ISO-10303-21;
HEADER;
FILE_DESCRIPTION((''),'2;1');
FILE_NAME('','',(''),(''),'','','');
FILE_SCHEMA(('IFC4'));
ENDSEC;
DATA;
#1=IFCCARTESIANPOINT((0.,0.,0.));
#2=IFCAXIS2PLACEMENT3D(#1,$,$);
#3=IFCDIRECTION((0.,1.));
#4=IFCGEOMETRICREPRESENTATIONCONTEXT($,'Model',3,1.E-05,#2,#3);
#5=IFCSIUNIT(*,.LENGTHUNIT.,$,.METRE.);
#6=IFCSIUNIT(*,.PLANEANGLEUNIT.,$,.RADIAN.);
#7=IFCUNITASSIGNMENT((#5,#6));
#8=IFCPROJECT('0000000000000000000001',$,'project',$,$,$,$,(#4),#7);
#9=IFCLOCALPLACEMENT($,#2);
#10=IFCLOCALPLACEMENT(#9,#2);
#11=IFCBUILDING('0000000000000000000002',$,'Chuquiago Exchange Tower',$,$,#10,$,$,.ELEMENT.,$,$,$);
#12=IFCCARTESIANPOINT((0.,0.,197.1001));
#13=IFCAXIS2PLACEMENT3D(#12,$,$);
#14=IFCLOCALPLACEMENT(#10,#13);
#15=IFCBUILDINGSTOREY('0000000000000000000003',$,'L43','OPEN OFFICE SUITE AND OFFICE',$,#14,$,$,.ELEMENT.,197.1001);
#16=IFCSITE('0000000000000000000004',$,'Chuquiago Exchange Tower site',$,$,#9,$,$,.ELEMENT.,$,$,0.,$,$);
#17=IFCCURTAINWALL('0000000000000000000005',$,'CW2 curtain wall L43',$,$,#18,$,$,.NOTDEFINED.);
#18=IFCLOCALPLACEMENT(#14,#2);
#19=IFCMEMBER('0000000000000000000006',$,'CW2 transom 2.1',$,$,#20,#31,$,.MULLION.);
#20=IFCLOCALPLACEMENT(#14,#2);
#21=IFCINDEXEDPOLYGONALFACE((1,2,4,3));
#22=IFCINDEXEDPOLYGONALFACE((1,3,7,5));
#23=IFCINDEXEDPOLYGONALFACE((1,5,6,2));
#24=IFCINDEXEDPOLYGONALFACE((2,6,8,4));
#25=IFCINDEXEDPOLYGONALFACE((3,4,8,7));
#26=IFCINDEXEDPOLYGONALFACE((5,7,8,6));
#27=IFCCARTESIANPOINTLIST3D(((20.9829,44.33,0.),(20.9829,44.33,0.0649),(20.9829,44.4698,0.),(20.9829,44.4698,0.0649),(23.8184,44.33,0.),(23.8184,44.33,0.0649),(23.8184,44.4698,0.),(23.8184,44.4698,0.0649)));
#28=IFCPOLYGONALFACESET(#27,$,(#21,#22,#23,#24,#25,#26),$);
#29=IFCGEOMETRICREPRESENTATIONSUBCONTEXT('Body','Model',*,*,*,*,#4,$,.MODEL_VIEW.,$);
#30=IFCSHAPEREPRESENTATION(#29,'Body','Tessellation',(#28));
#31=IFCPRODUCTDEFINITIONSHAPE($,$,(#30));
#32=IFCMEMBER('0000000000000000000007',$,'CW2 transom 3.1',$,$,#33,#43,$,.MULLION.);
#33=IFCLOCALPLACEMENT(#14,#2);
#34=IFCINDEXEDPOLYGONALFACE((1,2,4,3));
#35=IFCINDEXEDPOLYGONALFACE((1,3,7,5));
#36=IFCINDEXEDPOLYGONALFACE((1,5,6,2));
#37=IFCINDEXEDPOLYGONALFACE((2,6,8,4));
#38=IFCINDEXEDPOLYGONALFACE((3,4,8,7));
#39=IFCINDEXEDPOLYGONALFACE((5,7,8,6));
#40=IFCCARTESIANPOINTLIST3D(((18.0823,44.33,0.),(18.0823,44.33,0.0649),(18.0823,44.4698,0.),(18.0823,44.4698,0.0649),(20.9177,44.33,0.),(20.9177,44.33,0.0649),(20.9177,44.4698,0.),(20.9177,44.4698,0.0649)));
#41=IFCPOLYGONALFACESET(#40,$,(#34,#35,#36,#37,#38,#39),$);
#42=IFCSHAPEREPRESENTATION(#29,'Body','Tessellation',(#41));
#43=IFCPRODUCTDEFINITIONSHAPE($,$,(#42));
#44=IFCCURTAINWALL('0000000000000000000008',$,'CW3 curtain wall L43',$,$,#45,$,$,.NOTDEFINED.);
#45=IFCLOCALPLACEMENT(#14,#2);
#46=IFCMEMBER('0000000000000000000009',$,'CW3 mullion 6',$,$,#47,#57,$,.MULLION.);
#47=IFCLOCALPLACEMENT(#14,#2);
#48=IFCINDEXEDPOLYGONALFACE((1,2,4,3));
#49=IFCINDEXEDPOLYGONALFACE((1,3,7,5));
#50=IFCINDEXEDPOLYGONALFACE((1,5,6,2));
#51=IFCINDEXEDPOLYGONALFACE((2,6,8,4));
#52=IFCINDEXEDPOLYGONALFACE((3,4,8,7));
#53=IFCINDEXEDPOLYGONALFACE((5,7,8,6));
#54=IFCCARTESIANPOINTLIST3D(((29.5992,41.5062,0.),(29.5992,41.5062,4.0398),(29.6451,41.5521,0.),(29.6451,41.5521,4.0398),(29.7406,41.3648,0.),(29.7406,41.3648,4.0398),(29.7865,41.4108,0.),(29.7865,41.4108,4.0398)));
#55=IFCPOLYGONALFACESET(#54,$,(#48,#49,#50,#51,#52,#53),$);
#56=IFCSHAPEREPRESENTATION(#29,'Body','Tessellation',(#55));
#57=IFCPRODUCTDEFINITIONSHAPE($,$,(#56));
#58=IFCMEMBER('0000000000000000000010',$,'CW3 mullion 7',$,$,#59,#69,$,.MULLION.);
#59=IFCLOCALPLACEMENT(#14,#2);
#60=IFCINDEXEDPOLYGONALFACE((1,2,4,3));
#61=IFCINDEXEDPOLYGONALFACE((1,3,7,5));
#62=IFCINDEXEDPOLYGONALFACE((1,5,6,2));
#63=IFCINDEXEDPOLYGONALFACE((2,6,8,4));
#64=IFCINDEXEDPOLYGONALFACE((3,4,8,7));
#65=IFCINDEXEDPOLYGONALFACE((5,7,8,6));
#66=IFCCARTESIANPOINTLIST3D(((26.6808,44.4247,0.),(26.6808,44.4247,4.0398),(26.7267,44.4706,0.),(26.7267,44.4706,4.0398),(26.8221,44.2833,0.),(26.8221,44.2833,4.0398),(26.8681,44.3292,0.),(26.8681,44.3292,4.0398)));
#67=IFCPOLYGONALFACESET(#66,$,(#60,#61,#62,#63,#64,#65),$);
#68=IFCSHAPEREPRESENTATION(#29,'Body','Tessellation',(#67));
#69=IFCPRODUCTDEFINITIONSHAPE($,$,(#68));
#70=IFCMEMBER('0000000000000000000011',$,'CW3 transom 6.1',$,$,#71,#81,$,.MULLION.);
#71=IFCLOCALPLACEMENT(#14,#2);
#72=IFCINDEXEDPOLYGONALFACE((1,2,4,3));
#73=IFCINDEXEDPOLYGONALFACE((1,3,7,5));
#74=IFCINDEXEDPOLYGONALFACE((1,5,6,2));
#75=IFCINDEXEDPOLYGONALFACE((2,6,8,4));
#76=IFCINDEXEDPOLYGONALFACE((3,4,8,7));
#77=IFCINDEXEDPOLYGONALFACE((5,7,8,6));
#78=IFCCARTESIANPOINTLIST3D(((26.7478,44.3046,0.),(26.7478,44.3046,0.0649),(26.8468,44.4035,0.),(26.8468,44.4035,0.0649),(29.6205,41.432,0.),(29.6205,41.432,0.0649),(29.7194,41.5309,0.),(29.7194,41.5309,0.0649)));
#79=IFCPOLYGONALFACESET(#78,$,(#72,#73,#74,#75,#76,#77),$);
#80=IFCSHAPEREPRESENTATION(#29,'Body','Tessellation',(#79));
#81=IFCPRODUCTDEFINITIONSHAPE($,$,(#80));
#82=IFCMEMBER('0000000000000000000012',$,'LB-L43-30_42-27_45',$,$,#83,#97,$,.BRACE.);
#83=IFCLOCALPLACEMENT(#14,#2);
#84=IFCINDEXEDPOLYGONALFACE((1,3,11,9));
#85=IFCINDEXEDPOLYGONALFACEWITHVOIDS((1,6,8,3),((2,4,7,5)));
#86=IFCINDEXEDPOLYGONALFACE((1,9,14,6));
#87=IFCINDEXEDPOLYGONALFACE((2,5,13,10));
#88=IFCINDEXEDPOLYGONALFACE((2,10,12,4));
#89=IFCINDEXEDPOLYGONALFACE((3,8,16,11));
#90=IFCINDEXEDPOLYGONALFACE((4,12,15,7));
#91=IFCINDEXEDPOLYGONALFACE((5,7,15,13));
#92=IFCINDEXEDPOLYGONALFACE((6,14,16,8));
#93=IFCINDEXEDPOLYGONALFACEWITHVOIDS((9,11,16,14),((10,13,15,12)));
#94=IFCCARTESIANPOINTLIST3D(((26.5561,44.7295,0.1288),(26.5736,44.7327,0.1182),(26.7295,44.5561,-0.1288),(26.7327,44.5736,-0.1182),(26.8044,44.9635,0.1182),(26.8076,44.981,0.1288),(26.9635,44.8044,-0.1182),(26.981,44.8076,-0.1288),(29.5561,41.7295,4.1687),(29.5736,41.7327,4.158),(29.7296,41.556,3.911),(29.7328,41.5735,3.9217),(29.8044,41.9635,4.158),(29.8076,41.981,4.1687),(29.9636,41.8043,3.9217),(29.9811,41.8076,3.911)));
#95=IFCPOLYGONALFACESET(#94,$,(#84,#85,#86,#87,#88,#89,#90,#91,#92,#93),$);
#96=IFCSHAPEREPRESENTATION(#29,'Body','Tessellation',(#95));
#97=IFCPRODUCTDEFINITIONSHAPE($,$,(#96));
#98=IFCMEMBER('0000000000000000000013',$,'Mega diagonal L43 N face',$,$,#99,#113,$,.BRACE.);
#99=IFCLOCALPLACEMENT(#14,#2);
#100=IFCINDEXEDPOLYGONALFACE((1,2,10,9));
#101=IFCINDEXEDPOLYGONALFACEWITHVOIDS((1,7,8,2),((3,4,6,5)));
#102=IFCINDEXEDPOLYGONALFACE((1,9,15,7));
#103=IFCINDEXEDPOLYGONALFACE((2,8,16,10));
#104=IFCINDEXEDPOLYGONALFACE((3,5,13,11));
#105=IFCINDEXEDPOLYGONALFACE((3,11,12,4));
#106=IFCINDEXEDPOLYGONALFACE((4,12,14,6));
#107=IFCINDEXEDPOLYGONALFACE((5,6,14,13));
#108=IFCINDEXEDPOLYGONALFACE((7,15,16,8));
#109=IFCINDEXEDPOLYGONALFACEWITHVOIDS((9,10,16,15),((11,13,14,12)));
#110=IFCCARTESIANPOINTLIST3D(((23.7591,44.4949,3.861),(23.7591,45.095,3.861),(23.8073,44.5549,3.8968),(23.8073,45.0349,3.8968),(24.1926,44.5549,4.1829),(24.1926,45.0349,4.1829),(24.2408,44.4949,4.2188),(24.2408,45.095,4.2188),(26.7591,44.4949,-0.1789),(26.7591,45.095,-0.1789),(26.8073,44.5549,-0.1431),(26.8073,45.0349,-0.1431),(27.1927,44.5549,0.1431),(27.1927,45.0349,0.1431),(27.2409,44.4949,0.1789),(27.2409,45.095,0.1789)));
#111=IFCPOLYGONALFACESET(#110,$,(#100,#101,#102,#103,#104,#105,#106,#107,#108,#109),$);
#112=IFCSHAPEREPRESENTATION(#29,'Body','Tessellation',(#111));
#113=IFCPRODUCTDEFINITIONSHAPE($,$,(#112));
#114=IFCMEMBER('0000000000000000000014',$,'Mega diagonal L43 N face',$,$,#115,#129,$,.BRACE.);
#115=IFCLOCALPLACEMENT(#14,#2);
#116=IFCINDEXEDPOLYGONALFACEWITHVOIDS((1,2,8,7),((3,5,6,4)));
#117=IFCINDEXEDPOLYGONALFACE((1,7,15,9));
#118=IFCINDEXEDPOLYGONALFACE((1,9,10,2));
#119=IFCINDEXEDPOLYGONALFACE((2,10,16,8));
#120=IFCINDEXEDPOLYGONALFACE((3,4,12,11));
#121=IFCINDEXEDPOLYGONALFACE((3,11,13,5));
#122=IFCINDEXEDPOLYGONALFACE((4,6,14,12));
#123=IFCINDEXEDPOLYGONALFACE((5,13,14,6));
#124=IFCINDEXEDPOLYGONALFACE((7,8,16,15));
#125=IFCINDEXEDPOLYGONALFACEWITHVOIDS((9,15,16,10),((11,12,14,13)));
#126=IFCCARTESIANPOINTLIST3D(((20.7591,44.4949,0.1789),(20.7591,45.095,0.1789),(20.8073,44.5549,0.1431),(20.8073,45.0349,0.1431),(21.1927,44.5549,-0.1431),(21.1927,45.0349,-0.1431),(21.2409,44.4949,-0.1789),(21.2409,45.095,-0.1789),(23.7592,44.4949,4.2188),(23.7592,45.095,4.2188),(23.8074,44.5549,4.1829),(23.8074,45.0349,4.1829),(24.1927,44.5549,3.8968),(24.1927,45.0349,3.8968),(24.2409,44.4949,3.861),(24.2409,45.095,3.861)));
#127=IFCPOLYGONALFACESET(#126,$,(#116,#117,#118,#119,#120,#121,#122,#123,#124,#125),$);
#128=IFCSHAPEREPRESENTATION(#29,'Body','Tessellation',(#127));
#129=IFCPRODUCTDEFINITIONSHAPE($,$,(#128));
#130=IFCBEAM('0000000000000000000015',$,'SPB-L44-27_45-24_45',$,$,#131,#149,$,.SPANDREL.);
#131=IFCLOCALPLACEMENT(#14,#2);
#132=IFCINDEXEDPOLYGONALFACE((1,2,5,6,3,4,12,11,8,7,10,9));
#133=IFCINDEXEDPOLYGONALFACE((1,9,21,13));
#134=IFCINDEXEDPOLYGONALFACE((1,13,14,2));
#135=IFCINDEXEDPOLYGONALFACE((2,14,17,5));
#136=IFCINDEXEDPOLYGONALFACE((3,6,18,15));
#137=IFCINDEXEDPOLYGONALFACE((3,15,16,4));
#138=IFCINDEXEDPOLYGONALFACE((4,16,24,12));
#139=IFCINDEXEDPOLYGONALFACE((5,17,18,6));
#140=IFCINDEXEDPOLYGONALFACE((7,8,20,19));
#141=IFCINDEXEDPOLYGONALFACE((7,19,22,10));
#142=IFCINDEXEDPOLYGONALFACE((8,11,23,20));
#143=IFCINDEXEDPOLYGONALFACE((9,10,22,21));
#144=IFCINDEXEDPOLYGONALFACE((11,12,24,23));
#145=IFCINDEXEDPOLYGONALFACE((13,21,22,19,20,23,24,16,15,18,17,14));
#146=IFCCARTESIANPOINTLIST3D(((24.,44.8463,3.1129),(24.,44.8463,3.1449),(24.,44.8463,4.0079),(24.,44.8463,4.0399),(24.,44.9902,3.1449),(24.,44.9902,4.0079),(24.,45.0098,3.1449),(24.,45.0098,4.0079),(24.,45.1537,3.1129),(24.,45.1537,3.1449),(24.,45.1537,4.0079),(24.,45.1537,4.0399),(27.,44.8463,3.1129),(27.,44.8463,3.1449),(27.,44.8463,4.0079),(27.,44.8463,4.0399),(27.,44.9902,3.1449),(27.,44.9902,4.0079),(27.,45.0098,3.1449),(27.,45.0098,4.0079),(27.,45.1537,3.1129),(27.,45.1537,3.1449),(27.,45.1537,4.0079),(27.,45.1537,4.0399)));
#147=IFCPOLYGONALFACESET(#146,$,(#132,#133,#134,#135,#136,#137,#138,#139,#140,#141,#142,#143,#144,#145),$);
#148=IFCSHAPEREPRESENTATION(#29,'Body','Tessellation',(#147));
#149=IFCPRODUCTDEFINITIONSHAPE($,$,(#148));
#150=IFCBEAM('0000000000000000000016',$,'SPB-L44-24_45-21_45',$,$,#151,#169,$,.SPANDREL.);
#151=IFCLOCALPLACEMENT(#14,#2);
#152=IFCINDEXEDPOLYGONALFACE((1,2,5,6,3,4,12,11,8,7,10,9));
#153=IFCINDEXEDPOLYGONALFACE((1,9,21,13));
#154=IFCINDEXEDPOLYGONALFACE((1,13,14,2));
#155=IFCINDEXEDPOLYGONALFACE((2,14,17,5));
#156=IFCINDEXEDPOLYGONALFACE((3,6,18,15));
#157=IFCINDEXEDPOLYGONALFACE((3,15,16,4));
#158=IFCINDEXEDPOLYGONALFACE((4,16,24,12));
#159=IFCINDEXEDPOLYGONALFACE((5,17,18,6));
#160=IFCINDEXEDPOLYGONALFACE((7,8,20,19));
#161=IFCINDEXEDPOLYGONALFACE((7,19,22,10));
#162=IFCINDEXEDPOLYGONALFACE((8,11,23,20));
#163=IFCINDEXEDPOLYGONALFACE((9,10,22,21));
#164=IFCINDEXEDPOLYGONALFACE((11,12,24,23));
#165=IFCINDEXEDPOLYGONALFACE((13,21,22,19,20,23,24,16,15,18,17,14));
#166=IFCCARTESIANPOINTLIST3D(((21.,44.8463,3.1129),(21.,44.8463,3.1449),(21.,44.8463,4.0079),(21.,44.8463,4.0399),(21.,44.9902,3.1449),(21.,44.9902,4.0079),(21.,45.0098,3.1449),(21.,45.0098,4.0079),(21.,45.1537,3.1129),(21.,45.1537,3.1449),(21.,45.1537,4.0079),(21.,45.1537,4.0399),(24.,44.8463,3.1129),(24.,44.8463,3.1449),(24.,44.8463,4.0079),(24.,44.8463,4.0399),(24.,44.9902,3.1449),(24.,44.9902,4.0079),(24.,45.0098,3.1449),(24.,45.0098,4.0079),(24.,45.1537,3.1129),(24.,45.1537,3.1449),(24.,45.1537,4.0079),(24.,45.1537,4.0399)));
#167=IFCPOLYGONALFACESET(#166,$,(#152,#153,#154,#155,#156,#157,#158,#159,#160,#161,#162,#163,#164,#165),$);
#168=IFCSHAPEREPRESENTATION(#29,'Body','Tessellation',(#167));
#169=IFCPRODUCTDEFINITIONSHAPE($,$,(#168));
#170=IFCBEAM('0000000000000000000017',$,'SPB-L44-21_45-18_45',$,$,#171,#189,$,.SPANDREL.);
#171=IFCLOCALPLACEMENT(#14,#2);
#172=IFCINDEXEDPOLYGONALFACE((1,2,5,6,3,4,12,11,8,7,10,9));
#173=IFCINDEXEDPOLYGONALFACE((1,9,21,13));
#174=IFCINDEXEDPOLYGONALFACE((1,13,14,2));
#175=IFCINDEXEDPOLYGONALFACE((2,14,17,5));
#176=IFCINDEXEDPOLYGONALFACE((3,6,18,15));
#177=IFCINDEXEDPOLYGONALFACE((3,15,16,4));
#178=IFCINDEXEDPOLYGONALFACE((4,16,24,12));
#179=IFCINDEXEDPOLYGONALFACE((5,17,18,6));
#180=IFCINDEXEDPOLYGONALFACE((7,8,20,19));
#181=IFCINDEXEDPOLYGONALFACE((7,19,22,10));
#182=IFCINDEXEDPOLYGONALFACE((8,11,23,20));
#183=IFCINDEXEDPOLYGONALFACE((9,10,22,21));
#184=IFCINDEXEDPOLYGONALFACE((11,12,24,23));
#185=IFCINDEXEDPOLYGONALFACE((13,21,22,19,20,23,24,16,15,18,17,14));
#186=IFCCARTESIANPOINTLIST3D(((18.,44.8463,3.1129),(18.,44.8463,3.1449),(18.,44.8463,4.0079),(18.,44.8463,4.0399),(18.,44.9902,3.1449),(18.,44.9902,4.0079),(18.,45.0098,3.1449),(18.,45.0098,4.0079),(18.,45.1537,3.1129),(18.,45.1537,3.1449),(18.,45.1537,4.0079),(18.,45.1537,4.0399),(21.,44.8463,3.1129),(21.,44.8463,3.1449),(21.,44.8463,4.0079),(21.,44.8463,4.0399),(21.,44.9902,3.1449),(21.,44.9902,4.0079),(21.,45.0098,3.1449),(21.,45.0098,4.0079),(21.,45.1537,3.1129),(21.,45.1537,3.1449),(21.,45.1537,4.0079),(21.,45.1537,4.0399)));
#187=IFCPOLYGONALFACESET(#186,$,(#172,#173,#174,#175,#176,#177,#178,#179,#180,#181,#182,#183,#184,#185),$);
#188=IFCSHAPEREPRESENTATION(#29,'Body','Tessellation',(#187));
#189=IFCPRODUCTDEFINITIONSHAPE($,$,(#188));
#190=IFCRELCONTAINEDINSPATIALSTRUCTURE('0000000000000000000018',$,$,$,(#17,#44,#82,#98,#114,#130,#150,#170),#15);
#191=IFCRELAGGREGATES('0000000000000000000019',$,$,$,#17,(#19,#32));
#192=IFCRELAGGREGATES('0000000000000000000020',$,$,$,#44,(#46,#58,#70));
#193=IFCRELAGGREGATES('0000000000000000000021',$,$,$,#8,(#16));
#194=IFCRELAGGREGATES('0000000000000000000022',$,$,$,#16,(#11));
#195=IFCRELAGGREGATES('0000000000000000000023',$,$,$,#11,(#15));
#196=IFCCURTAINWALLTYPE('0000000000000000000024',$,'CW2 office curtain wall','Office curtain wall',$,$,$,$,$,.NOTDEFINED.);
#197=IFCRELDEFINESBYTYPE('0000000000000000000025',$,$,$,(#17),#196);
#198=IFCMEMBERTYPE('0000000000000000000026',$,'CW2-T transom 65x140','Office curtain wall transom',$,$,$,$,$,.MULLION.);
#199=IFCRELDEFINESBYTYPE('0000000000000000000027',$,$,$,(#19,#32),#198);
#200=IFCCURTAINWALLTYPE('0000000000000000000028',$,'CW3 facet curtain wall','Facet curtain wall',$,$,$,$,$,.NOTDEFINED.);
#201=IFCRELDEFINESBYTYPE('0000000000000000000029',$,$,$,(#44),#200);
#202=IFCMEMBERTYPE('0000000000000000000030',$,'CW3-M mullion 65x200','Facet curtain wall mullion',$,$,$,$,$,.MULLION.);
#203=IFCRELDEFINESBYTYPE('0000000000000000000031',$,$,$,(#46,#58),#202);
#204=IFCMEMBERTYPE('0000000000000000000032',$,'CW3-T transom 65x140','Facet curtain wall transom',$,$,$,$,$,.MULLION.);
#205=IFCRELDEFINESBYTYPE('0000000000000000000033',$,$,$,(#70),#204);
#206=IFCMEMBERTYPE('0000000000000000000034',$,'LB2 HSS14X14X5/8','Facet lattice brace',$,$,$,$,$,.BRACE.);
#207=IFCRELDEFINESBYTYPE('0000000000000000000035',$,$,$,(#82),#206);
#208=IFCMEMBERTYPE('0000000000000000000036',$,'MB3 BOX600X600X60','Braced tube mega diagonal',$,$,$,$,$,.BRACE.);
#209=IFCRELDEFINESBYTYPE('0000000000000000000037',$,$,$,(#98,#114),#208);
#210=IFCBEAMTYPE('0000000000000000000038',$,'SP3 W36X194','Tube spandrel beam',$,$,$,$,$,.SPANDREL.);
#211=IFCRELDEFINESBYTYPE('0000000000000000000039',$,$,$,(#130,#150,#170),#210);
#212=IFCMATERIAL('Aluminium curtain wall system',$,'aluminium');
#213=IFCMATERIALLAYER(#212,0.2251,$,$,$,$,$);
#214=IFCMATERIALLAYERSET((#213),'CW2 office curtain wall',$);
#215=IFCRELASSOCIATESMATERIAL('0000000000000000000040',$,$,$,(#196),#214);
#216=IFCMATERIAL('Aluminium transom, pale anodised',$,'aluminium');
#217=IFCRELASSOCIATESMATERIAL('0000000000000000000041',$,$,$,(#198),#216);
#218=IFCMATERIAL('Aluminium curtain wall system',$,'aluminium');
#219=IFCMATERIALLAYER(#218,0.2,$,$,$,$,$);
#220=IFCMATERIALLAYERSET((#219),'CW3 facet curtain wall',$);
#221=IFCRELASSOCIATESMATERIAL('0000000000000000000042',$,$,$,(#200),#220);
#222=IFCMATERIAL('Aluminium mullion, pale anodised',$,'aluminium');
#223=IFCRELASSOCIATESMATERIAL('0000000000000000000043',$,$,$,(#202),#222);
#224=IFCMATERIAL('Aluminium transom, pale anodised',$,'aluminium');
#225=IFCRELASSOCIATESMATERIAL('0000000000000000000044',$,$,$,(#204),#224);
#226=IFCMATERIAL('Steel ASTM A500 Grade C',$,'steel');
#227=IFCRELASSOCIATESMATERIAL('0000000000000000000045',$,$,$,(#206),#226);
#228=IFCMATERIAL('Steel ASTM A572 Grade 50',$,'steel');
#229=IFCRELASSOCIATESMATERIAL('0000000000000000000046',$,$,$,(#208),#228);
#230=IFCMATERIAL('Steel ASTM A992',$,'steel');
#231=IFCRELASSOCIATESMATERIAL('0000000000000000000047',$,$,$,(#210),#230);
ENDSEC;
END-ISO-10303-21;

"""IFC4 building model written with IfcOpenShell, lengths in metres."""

from ifc_helpers import new_model, si_unit, direction, frame, origin, origin_2d, place, context, subcontext, project, spatial, rectangle, hollow_rectangle, i_section, extrude, material, layer, layer_set, material_profile, profile_set, type_object, element, aggregate, save


model = new_model("IFC4")

# Units and contexts
model_context = context("Model", 3, precision=1e-05, world=origin(), true_north=direction((0.0, 1.0)))
body_context = subcontext(model_context, "Body", "Model", "MODEL_VIEW")
ifc_project = project(units=[si_unit("LENGTHUNIT", "METRE"), si_unit("PLANEANGLEUNIT", "RADIAN")], contexts=[model_context])

# Site, building, storey
site_placement = place(None, origin())
site = spatial("IfcSite", under=ifc_project, at=site_placement, Name="Chuquiago Exchange Tower site", CompositionType="ELEMENT", RefElevation=0.0)
building_placement = place(site_placement, origin())
building = spatial("IfcBuilding", under=site, at=building_placement, Name="Chuquiago Exchange Tower", CompositionType="ELEMENT")
storey_placement = place(building_placement, frame((0.0, 0.0, 197.1001)))
storey = spatial("IfcBuildingStorey", under=building, at=storey_placement, Name="L43", Description="OPEN OFFICE SUITE AND OFFICE", CompositionType="ELEMENT", Elevation=197.1001)

# Curtain walls, members
ifc_material_1 = material(Name="Aluminium curtain wall system", Category="aluminium")
ifc_layer_1 = layer(ifc_material_1, 0.2251)
ifc_layer_set_1 = layer_set([ifc_layer_1], Name="CW2 office curtain wall")
curtain_wall_type_1 = type_object("IfcCurtainWallType", Name="CW2 office curtain wall", Description="Office curtain wall", PredefinedType="NOTDEFINED", material=ifc_layer_set_1)
curtain_wall_1_placement = place(storey_placement, origin())
curtain_wall_1 = element("IfcCurtainWall", 1, at=curtain_wall_1_placement, inside=storey, type_object=curtain_wall_type_1, Name="CW2 curtain wall L43", PredefinedType="NOTDEFINED")
ifc_material_2 = material(Name="Aluminium transom, pale anodised", Category="aluminium")
ifc_material_profile_1 = material_profile(ifc_material_2, rectangle(XDim=0.1399, YDim=0.0649, at=origin_2d()), Name="AL 140x65")
ifc_profile_set_1 = profile_set([ifc_material_profile_1], Name="Aluminium transom, pale anodised")
member_type_1 = type_object("IfcMemberType", Name="CW2-T transom 65x140", Description="Office curtain wall transom", PredefinedType="MULLION", material=ifc_profile_set_1)
member_1_placement = place(storey_placement, frame((23.8184, 44.3999, 0.0325), z_axis=(-1.0, 0.0, 0.0), x_axis=(0.0, -1.0, 0.0)))
member_1 = element("IfcMember", 2, at=member_1_placement, type_object=member_type_1, Name="CW2 transom 2.1", PredefinedType="MULLION", context=body_context, shape_type="SweptSolid", body=[
    extrude(rectangle(XDim=0.1399, YDim=0.0649, at=origin_2d()), origin(), (0.0, 0.0, 1.0), 2.8354),
])
member_2_placement = place(storey_placement, frame((20.9177, 44.3999, 0.0325), z_axis=(-1.0, 0.0, 0.0), x_axis=(0.0, -1.0, 0.0)))
member_2 = element("IfcMember", 3, at=member_2_placement, type_object=member_type_1, Name="CW2 transom 3.1", PredefinedType="MULLION", context=body_context, shape_type="SweptSolid", body=[
    extrude(rectangle(XDim=0.1399, YDim=0.0649, at=origin_2d()), origin(), (0.0, 0.0, 1.0), 2.8354),
])
ifc_material_3 = material(Name="Aluminium curtain wall system", Category="aluminium")
ifc_layer_2 = layer(ifc_material_3, 0.2)
ifc_layer_set_2 = layer_set([ifc_layer_2], Name="CW3 facet curtain wall")
curtain_wall_type_2 = type_object("IfcCurtainWallType", Name="CW3 facet curtain wall", Description="Facet curtain wall", PredefinedType="NOTDEFINED", material=ifc_layer_set_2)
curtain_wall_2_placement = place(storey_placement, origin())
curtain_wall_2 = element("IfcCurtainWall", 4, at=curtain_wall_2_placement, inside=storey, type_object=curtain_wall_type_2, Name="CW3 curtain wall L43", PredefinedType="NOTDEFINED")
ifc_material_4 = material(Name="Aluminium mullion, pale anodised", Category="aluminium")
ifc_material_profile_2 = material_profile(ifc_material_4, rectangle(XDim=0.0649, YDim=0.2, at=origin_2d()), Name="AL 65x200")
ifc_profile_set_2 = profile_set([ifc_material_profile_2], Name="Aluminium mullion, pale anodised")
member_type_2 = type_object("IfcMemberType", Name="CW3-M mullion 65x200", Description="Facet curtain wall mullion", PredefinedType="MULLION", material=ifc_profile_set_2)
member_3_placement = place(storey_placement, frame((29.6929, 41.4585, 0.0), z_axis=(0.0, 0.0, 1.0), x_axis=(-0.707107, -0.707107, 0.0)))
member_3 = element("IfcMember", 5, at=member_3_placement, type_object=member_type_2, Name="CW3 mullion 6", PredefinedType="MULLION", context=body_context, shape_type="SweptSolid", body=[
    extrude(rectangle(XDim=0.0649, YDim=0.2, at=origin_2d()), origin(), (0.0, 0.0, 1.0), 4.0398),
])
member_4_placement = place(storey_placement, frame((26.7744, 44.377, 0.0), z_axis=(0.0, 0.0, 1.0), x_axis=(-0.707107, -0.707107, 0.0)))
member_4 = element("IfcMember", 6, at=member_4_placement, type_object=member_type_2, Name="CW3 mullion 7", PredefinedType="MULLION", context=body_context, shape_type="SweptSolid", body=[
    extrude(rectangle(XDim=0.0649, YDim=0.2, at=origin_2d()), origin(), (0.0, 0.0, 1.0), 4.0398),
])
ifc_material_5 = material(Name="Aluminium transom, pale anodised", Category="aluminium")
ifc_material_profile_3 = material_profile(ifc_material_5, rectangle(XDim=0.1399, YDim=0.0649, at=origin_2d()), Name="AL 140x65")
ifc_profile_set_3 = profile_set([ifc_material_profile_3], Name="Aluminium transom, pale anodised")
member_type_3 = type_object("IfcMemberType", Name="CW3-T transom 65x140", Description="Facet curtain wall transom", PredefinedType="MULLION", material=ifc_profile_set_3)
member_5_placement = place(storey_placement, frame((29.6699, 41.4814, 0.0325), z_axis=(-0.707107, 0.707107, 0.0), x_axis=(-0.707107, -0.707107, 0.0)))
member_5 = element("IfcMember", 7, at=member_5_placement, type_object=member_type_3, Name="CW3 transom 6.1", PredefinedType="MULLION", context=body_context, shape_type="SweptSolid", body=[
    extrude(rectangle(XDim=0.1399, YDim=0.0649, at=origin_2d()), origin(), (0.0, 0.0, 1.0), 4.0625),
])

# Members
ifc_material_6 = material(Name="Steel ASTM A500 Grade C", Category="steel")
ifc_material_profile_4 = material_profile(ifc_material_6, hollow_rectangle(XDim=0.3557, YDim=0.3557, WallThickness=0.0146, at=origin_2d()), Name="HSS14X14X5/8")
ifc_profile_set_4 = profile_set([ifc_material_profile_4], Name="Steel ASTM A500 Grade C")
member_type_4 = type_object("IfcMemberType", Name="LB2 HSS14X14X5/8", Description="Facet lattice brace", PredefinedType="BRACE", material=ifc_profile_set_4)
member_6_placement = place(storey_placement, frame((26.7686, 44.7686, 0.0), z_axis=(0.512092, -0.512092, 0.689582), x_axis=(0.707107, 0.707107, 0.0)))
element("IfcMember", 8, at=member_6_placement, inside=storey, type_object=member_type_4, Name="LB-L43-30_42-27_45", PredefinedType="BRACE", context=body_context, shape_type="SweptSolid", body=[
    extrude(hollow_rectangle(XDim=0.3557, YDim=0.3557, WallThickness=0.0146, at=origin_2d()), origin(), (0.0, 0.0, 1.0), 5.8584),
])
ifc_material_7 = material(Name="Steel ASTM A572 Grade 50", Category="steel")
ifc_material_profile_5 = material_profile(ifc_material_7, hollow_rectangle(XDim=0.6001, YDim=0.6001, WallThickness=0.0601, at=origin_2d()), Name="BOX600X600X60")
ifc_profile_set_5 = profile_set([ifc_material_profile_5], Name="Steel ASTM A572 Grade 50")
member_type_5 = type_object("IfcMemberType", Name="MB3 BOX600X600X60", Description="Braced tube mega diagonal", PredefinedType="BRACE", material=ifc_profile_set_5)
for number, where, z_axis, x_axis, name in (
    (9, (27.0, 44.7949, 0.0), (-0.596197, 0.0, 0.802838), (0.0, -1.0, 0.0), "Mega diagonal L43 N face"),
    (10, (21.0, 44.7949, 0.0), (0.596197, 0.0, 0.802838), (0.0, 1.0, 0.0), "Mega diagonal L43 N face"),
):
    element("IfcMember", number, at=place(storey_placement, frame(where, z_axis=z_axis, x_axis=x_axis)), inside=storey, type_object=member_type_5, Name=name, PredefinedType="BRACE", context=body_context, shape_type="SweptSolid", body=[
        extrude(hollow_rectangle(XDim=0.6001, YDim=0.6001, WallThickness=0.0601, at=origin_2d()), origin(), (0.0, 0.0, 1.0), 5.032),
    ])

# Beams
ifc_material_8 = material(Name="Steel ASTM A992", Category="steel")
ifc_material_profile_6 = material_profile(ifc_material_8, i_section(OverallWidth=0.3074, OverallDepth=0.927, WebThickness=0.0195, FlangeThickness=0.032, at=origin_2d()), Name="W36X194")
ifc_profile_set_6 = profile_set([ifc_material_profile_6], Name="Steel ASTM A992")
beam_type_1 = type_object("IfcBeamType", Name="SP3 W36X194", Description="Tube spandrel beam", PredefinedType="SPANDREL", material=ifc_profile_set_6)
for number, where, z_axis, x_axis, name in (
    (11, (27.0, 45.0, 3.5764), (-1.0, 0.0, 0.0), (0.0, -1.0, 0.0), "SPB-L44-27_45-24_45"),
    (12, (24.0, 45.0, 3.5764), (-1.0, 0.0, 0.0), (0.0, -1.0, 0.0), "SPB-L44-24_45-21_45"),
    (13, (21.0, 45.0, 3.5764), (-1.0, 0.0, 0.0), (0.0, -1.0, 0.0), "SPB-L44-21_45-18_45"),
):
    element("IfcBeam", number, at=place(storey_placement, frame(where, z_axis=z_axis, x_axis=x_axis)), inside=storey, type_object=beam_type_1, Name=name, PredefinedType="SPANDREL", context=body_context, shape_type="SweptSolid", body=[
        extrude(i_section(OverallWidth=0.3074, OverallDepth=0.927, WebThickness=0.0195, FlangeThickness=0.032, at=origin_2d()), origin(), (0.0, 0.0, 1.0), 3.0),
    ])

aggregate(curtain_wall_1, [member_1, member_2])
aggregate(curtain_wall_2, [member_3, member_4, member_5])

save(model, "model.ifc")
